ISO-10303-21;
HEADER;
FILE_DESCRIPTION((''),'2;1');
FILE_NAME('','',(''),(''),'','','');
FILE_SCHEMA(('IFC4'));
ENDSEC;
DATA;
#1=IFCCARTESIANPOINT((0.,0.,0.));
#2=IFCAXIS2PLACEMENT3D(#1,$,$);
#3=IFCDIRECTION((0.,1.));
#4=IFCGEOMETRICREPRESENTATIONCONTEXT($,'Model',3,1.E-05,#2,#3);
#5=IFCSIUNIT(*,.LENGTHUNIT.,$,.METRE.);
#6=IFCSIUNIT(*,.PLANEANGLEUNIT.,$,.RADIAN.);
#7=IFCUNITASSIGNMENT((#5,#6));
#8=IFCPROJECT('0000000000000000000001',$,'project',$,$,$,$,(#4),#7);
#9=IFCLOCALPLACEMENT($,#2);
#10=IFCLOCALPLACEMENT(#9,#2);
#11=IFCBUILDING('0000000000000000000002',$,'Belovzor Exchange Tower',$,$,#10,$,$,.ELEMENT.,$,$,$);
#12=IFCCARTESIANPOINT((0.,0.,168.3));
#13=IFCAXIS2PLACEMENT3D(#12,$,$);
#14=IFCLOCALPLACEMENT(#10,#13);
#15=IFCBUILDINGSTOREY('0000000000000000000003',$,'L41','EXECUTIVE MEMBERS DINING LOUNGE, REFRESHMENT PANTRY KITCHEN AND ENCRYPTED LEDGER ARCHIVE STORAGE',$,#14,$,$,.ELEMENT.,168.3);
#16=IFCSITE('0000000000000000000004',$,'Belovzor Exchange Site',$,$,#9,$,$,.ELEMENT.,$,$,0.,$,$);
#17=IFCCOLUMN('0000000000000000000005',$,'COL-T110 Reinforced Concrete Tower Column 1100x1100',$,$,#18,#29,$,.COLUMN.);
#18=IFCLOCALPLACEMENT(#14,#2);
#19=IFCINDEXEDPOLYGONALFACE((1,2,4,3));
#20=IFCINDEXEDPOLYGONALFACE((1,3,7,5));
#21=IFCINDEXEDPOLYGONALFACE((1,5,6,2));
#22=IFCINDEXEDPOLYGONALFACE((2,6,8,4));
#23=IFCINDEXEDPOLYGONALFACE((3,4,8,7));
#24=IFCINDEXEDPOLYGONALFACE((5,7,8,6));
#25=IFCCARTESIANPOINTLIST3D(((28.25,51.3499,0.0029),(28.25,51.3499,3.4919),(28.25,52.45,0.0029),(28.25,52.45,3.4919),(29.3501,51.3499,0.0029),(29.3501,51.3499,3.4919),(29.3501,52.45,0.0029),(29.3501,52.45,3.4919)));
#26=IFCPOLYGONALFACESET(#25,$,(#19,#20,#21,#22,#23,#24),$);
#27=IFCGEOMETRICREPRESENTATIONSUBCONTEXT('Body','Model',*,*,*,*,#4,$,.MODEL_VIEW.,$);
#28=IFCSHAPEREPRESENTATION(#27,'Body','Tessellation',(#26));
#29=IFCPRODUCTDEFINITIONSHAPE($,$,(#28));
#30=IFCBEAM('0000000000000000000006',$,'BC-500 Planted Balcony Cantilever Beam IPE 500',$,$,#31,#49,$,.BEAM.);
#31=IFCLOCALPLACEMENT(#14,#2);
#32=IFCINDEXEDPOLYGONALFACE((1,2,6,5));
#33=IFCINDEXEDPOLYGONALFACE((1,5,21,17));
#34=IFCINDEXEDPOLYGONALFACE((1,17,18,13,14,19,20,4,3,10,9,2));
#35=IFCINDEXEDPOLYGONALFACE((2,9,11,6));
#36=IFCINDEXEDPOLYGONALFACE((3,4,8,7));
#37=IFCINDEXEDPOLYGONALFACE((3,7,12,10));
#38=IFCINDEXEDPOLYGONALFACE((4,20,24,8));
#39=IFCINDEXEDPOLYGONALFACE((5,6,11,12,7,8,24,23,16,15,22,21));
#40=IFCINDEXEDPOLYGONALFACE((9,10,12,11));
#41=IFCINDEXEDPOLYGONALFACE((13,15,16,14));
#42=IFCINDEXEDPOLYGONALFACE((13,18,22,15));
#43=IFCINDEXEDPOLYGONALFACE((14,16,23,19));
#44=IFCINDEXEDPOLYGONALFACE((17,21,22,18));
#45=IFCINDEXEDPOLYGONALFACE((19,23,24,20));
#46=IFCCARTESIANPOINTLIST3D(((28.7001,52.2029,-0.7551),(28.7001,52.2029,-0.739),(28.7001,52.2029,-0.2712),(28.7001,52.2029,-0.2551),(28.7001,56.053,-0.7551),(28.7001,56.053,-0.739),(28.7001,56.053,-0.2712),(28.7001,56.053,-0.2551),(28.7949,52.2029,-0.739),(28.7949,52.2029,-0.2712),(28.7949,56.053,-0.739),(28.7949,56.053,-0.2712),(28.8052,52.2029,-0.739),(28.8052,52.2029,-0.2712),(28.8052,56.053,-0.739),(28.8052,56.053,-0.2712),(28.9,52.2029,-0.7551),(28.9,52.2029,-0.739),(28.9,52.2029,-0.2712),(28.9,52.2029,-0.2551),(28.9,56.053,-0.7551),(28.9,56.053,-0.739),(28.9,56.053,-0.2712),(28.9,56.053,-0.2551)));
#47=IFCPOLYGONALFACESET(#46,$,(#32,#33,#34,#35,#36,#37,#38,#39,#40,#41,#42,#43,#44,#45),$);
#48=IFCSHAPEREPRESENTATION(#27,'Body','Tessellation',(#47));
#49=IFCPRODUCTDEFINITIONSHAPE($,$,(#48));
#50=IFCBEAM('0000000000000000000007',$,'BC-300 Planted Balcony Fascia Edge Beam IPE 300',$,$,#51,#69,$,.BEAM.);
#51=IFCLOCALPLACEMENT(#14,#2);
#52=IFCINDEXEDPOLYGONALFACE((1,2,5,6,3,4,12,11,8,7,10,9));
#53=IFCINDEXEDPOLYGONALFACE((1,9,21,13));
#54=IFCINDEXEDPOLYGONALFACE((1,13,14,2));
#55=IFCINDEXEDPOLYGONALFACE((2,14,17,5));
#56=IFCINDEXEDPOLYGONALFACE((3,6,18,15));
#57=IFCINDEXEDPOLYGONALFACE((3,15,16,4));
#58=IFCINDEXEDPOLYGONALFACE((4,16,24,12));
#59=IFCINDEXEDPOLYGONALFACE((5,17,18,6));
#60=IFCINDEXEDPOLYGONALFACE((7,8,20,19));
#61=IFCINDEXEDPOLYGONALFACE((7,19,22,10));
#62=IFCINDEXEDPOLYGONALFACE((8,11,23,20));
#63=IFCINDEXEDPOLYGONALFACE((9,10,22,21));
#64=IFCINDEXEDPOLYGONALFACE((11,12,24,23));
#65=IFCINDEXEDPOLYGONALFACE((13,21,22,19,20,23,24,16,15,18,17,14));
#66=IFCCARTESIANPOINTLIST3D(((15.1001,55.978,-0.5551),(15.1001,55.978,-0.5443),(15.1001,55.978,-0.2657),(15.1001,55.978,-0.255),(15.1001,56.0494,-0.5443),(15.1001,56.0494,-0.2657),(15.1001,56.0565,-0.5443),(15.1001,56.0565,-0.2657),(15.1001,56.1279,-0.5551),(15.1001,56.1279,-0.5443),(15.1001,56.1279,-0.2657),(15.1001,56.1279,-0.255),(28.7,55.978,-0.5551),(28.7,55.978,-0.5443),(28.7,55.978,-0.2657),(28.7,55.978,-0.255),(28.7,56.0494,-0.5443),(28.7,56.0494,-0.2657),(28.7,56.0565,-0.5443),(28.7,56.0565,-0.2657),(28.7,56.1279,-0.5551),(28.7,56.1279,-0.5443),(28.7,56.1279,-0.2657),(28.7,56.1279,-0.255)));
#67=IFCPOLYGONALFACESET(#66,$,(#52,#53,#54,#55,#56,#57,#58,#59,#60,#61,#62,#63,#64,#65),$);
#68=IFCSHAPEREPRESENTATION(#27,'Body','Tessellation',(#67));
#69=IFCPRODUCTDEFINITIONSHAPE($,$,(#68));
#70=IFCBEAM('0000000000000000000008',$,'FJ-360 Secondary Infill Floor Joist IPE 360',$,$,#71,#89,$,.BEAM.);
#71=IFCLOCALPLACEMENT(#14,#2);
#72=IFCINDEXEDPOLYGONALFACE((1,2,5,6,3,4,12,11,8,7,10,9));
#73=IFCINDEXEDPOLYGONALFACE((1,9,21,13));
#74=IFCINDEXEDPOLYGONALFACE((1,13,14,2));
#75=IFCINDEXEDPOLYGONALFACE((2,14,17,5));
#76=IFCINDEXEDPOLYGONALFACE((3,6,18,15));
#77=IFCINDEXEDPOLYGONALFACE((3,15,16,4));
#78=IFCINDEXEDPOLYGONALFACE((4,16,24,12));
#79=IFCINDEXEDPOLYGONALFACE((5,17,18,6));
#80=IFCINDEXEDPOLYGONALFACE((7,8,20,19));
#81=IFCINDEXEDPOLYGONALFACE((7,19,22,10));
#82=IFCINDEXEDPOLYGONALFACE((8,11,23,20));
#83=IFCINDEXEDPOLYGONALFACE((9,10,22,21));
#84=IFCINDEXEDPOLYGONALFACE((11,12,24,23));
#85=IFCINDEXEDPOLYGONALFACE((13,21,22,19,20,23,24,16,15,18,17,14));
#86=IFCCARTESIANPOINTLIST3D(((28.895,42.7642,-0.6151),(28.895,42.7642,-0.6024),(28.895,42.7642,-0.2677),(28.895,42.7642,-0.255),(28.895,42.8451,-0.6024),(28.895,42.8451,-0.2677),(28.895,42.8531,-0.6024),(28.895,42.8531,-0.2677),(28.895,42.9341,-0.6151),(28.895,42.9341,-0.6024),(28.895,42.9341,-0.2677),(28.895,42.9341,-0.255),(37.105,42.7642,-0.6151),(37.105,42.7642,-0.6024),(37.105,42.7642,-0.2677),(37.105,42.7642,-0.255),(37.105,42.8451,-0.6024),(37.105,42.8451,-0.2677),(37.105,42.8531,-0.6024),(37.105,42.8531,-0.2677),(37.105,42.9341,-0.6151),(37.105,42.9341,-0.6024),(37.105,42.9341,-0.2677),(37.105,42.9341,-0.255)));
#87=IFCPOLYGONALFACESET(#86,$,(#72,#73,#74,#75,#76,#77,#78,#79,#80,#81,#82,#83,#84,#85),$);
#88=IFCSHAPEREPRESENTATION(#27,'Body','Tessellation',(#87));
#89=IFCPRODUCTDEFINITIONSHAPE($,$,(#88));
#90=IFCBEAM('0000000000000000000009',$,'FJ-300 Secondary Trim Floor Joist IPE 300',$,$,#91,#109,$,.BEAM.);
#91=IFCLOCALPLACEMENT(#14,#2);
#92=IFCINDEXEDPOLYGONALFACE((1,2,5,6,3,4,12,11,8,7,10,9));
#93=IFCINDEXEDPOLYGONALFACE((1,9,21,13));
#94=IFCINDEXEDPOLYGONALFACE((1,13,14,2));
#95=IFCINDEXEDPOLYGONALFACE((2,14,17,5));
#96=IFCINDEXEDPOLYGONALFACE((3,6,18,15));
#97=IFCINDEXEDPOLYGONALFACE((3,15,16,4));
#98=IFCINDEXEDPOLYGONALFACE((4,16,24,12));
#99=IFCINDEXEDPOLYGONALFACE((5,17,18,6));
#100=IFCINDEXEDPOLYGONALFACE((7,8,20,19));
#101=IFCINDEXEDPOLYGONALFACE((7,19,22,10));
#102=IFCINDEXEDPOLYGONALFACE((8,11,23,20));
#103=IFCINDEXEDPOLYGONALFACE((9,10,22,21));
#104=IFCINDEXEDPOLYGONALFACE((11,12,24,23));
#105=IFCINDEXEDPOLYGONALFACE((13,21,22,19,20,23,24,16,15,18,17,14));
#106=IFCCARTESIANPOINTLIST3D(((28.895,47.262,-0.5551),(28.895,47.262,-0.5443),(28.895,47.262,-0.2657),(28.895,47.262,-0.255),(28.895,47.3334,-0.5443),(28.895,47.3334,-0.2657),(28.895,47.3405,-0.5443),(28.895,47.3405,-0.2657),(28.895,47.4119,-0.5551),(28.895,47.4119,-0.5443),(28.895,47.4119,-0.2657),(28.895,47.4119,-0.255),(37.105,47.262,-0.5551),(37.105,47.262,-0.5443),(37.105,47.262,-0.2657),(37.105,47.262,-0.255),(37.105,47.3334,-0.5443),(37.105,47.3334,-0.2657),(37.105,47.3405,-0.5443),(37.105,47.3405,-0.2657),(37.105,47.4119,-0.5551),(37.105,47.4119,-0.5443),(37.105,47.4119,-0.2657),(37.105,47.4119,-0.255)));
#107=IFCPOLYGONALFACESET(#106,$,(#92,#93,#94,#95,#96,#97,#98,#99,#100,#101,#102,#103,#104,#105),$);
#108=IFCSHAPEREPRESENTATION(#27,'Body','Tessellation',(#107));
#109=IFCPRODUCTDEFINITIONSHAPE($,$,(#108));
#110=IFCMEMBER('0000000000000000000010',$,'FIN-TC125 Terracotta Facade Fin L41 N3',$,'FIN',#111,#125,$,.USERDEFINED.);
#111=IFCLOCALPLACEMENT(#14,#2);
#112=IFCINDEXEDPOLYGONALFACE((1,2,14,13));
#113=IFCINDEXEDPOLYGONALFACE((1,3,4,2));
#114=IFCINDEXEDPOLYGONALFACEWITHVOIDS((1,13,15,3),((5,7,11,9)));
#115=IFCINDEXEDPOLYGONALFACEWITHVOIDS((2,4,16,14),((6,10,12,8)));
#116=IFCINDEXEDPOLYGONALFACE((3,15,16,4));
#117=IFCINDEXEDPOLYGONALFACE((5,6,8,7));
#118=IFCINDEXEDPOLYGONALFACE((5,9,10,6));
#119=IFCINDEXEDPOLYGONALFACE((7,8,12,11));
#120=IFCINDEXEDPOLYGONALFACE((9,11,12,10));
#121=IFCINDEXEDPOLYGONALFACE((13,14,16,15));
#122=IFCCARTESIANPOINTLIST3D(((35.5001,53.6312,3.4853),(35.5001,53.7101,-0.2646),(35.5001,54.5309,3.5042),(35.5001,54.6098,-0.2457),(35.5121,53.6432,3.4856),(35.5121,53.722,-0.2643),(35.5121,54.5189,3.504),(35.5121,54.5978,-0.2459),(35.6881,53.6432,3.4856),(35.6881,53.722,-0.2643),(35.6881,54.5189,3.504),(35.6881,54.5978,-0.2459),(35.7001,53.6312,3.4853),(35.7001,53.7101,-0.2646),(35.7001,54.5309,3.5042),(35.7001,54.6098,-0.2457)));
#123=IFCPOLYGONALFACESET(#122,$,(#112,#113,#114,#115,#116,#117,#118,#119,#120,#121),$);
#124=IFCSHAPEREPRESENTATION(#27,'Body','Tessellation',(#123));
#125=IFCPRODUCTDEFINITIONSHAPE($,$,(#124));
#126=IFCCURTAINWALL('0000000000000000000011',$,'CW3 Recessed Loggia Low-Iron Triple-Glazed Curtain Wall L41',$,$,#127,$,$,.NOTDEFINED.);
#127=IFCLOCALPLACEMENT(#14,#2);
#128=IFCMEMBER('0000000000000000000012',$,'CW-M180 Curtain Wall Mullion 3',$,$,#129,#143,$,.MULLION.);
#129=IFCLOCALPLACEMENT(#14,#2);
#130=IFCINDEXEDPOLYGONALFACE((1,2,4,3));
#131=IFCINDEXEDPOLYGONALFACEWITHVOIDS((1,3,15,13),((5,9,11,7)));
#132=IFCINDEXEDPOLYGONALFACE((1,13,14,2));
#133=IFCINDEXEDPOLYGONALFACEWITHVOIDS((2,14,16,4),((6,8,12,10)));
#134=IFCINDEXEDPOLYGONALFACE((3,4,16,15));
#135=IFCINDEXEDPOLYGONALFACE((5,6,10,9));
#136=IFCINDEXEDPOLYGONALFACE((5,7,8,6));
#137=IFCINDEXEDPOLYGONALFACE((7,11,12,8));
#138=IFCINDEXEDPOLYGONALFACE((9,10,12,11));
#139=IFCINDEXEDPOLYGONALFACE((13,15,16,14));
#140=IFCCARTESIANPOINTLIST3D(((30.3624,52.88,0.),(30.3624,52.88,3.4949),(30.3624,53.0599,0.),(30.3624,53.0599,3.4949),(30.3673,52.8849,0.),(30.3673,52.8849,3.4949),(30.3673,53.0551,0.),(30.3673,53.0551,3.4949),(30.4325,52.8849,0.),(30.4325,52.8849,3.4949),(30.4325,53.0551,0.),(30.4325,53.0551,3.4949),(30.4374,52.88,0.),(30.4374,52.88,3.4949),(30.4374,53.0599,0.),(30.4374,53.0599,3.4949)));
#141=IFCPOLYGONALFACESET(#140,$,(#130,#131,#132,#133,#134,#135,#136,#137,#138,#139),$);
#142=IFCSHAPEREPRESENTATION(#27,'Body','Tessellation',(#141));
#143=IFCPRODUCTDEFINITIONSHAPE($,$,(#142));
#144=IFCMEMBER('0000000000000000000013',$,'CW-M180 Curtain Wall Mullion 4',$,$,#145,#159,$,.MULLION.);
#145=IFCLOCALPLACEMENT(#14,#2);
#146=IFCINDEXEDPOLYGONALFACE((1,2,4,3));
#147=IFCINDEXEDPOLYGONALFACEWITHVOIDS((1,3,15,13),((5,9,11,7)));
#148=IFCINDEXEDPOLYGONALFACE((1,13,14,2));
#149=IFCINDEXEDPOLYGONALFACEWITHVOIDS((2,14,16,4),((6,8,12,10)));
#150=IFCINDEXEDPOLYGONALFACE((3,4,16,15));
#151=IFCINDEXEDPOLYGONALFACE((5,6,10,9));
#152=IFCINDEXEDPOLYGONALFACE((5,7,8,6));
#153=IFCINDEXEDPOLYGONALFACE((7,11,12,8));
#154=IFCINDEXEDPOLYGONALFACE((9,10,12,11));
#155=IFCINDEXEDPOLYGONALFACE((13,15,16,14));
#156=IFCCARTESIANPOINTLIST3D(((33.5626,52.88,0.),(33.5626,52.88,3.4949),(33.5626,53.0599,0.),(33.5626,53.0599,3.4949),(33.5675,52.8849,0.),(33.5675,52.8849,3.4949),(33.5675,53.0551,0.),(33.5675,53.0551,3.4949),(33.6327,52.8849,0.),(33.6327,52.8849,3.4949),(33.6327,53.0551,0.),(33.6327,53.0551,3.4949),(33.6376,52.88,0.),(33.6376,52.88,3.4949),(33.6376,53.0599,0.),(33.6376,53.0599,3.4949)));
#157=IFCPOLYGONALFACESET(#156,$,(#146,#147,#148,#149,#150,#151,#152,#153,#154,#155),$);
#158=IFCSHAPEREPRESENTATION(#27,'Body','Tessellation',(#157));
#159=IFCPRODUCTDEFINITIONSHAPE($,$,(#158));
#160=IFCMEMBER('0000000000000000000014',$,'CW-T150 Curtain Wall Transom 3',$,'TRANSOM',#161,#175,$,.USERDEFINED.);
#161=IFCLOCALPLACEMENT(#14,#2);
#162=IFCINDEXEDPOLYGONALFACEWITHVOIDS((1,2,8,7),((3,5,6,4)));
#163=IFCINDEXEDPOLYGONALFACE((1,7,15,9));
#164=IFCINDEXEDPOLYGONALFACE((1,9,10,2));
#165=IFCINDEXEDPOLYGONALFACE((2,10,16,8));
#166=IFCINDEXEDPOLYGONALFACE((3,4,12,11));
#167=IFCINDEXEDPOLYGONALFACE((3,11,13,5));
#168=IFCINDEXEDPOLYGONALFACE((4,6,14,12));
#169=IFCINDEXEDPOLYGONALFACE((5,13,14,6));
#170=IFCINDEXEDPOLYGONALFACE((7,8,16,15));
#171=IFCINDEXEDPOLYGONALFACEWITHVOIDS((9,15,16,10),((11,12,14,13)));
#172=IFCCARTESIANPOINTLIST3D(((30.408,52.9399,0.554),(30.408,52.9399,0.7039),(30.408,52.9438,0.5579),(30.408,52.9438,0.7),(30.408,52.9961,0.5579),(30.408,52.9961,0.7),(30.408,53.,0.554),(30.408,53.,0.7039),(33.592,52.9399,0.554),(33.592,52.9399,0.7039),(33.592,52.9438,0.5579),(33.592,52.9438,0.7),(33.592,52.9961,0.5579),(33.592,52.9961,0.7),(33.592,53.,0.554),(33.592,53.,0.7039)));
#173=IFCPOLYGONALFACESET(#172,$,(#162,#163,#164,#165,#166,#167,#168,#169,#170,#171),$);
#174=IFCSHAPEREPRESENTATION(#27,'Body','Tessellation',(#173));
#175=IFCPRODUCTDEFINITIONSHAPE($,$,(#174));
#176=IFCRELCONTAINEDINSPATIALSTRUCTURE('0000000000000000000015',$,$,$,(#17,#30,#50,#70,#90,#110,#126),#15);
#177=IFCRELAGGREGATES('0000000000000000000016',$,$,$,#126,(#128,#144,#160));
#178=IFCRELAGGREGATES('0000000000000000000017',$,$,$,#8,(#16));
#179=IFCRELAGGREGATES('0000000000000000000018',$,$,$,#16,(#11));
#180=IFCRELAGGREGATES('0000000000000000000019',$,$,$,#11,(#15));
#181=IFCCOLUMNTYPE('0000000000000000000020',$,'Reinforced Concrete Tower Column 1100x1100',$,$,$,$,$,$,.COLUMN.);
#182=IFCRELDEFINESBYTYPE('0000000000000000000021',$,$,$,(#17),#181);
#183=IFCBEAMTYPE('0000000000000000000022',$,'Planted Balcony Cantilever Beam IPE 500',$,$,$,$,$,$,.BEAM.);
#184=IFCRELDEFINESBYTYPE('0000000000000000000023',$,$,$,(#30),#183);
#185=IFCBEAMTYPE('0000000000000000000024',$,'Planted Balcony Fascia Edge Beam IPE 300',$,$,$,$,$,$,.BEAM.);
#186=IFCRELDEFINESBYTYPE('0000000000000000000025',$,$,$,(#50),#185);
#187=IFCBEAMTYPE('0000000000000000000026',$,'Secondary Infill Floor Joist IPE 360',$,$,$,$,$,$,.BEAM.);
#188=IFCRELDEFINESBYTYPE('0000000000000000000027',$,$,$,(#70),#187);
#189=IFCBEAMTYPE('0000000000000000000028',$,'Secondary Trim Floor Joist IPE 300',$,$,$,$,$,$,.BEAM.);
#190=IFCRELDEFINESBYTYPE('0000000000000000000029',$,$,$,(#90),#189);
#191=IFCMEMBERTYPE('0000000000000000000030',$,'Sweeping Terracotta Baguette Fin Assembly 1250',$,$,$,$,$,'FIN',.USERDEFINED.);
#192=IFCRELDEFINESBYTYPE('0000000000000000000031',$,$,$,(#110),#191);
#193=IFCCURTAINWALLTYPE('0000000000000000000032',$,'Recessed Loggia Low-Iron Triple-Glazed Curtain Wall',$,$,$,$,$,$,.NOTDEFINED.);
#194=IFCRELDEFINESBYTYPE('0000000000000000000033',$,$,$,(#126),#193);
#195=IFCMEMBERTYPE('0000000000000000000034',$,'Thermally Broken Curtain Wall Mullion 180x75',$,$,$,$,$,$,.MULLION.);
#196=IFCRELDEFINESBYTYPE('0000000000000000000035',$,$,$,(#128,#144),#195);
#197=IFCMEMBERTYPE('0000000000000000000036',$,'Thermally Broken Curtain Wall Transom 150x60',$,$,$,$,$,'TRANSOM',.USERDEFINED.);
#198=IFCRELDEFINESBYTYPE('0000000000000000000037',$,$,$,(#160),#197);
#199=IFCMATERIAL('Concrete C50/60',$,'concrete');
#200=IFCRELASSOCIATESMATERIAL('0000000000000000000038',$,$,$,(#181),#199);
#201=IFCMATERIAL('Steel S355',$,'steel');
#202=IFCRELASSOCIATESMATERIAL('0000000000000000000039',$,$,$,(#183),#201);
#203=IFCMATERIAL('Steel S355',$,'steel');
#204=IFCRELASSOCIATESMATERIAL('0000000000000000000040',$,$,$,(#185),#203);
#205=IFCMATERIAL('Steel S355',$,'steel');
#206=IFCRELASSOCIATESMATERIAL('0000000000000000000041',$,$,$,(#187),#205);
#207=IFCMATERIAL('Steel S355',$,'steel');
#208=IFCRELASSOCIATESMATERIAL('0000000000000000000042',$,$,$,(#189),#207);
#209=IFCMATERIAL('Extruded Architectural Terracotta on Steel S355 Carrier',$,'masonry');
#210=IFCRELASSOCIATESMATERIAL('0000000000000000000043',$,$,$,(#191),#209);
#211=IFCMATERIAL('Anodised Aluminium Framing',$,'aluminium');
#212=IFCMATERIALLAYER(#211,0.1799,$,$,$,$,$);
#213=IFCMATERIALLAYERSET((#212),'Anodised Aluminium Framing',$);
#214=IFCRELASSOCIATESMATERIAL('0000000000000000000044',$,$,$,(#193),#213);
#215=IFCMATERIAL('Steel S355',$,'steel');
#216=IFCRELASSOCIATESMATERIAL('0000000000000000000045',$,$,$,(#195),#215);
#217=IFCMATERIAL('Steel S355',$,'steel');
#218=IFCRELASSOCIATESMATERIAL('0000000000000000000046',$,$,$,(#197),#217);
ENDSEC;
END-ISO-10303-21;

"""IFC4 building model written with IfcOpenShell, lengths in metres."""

from ifc_helpers import new_model, si_unit, direction, frame, origin, origin_2d, place, context, subcontext, project, spatial, rectangle, hollow_rectangle, i_section, extrude, material, layer, layer_set, material_profile, profile_set, type_object, element, aggregate, save


model = new_model("IFC4")

# Units and contexts
model_context = context("Model", 3, precision=1e-05, world=origin(), true_north=direction((0.0, 1.0)))
body_context = subcontext(model_context, "Body", "Model", "MODEL_VIEW")
ifc_project = project(units=[si_unit("LENGTHUNIT", "METRE"), si_unit("PLANEANGLEUNIT", "RADIAN")], contexts=[model_context])

# Site, building, storey
site_placement = place(None, origin())
site = spatial("IfcSite", under=ifc_project, at=site_placement, Name="Belovzor Exchange Site", CompositionType="ELEMENT", RefElevation=0.0)
building_placement = place(site_placement, origin())
building = spatial("IfcBuilding", under=site, at=building_placement, Name="Belovzor Exchange Tower", CompositionType="ELEMENT")
storey_placement = place(building_placement, frame((0.0, 0.0, 168.3)))
storey = spatial("IfcBuildingStorey", under=building, at=storey_placement, Name="L41", Description="EXECUTIVE MEMBERS DINING LOUNGE, REFRESHMENT PANTRY KITCHEN AND ENCRYPTED LEDGER ARCHIVE STORAGE", CompositionType="ELEMENT", Elevation=168.3)

# Column
ifc_material_1 = material(Name="Concrete C50/60", Category="concrete")
ifc_material_profile_1 = material_profile(ifc_material_1, rectangle(XDim=1.1001, YDim=1.1001, at=origin_2d()))
ifc_profile_set_1 = profile_set([ifc_material_profile_1], Name="Concrete C50/60")
column_type = type_object("IfcColumnType", Name="Reinforced Concrete Tower Column 1100x1100", PredefinedType="COLUMN", material=ifc_profile_set_1)
column_placement = place(storey_placement, frame((28.8, 51.8999, 0.0029), z_axis=(0.0, 0.0, 1.0), x_axis=(1.0, 0.0, 0.0)))
element("IfcColumn", 1, at=column_placement, inside=storey, type_object=column_type, Name="COL-T110 Reinforced Concrete Tower Column 1100x1100", PredefinedType="COLUMN", context=body_context, shape_type="SweptSolid", body=[
    extrude(rectangle(XDim=1.1001, YDim=1.1001, at=origin_2d()), origin(), (0.0, 0.0, 1.0), 3.489),
])

# Beams
ifc_material_2 = material(Name="Steel S355", Category="steel")
ifc_material_profile_2 = material_profile(ifc_material_2, i_section(OverallWidth=0.2, OverallDepth=0.5, WebThickness=0.0103, FlangeThickness=0.0161, at=origin_2d()))
ifc_profile_set_2 = profile_set([ifc_material_profile_2], Name="Steel S355")
beam_type_1 = type_object("IfcBeamType", Name="Planted Balcony Cantilever Beam IPE 500", PredefinedType="BEAM", material=ifc_profile_set_2)
beam_1_placement = place(storey_placement, frame((28.8, 52.2029, -0.5051), z_axis=(0.0, 1.0, 0.0), x_axis=(-1.0, 0.0, 0.0)))
element("IfcBeam", 2, at=beam_1_placement, inside=storey, type_object=beam_type_1, Name="BC-500 Planted Balcony Cantilever Beam IPE 500", PredefinedType="BEAM", context=body_context, shape_type="SweptSolid", body=[
    extrude(i_section(OverallWidth=0.2, OverallDepth=0.5, WebThickness=0.0103, FlangeThickness=0.0161, at=origin_2d()), origin(), (0.0, 0.0, 1.0), 3.8501),
])
ifc_material_3 = material(Name="Steel S355", Category="steel")
ifc_material_profile_3 = material_profile(ifc_material_3, i_section(OverallWidth=0.1499, OverallDepth=0.3, WebThickness=0.0071, FlangeThickness=0.0107, at=origin_2d()))
ifc_profile_set_3 = profile_set([ifc_material_profile_3], Name="Steel S355")
beam_type_2 = type_object("IfcBeamType", Name="Planted Balcony Fascia Edge Beam IPE 300", PredefinedType="BEAM", material=ifc_profile_set_3)
beam_2_placement = place(storey_placement, frame((28.7, 56.053, -0.405), z_axis=(-1.0, 0.0, 0.0), x_axis=(0.0, -1.0, 0.0)))
element("IfcBeam", 3, at=beam_2_placement, inside=storey, type_object=beam_type_2, Name="BC-300 Planted Balcony Fascia Edge Beam IPE 300", PredefinedType="BEAM", context=body_context, shape_type="SweptSolid", body=[
    extrude(i_section(OverallWidth=0.1499, OverallDepth=0.3, WebThickness=0.0071, FlangeThickness=0.0107, at=origin_2d()), origin(), (0.0, 0.0, 1.0), 13.5999),
])
ifc_material_4 = material(Name="Steel S355", Category="steel")
ifc_material_profile_4 = material_profile(ifc_material_4, i_section(OverallWidth=0.1699, OverallDepth=0.3601, WebThickness=0.0081, FlangeThickness=0.0127, at=origin_2d()))
ifc_profile_set_4 = profile_set([ifc_material_profile_4], Name="Steel S355")
beam_type_3 = type_object("IfcBeamType", Name="Secondary Infill Floor Joist IPE 360", PredefinedType="BEAM", material=ifc_profile_set_4)
beam_3_placement = place(storey_placement, frame((28.895, 42.8491, -0.4351), z_axis=(1.0, 0.0, 0.0), x_axis=(0.0, 1.0, 0.0)))
element("IfcBeam", 4, at=beam_3_placement, inside=storey, type_object=beam_type_3, Name="FJ-360 Secondary Infill Floor Joist IPE 360", PredefinedType="BEAM", context=body_context, shape_type="SweptSolid", body=[
    extrude(i_section(OverallWidth=0.1699, OverallDepth=0.3601, WebThickness=0.0081, FlangeThickness=0.0127, at=origin_2d()), origin(), (0.0, 0.0, 1.0), 8.21),
])
ifc_material_5 = material(Name="Steel S355", Category="steel")
ifc_material_profile_5 = material_profile(ifc_material_5, i_section(OverallWidth=0.1499, OverallDepth=0.3, WebThickness=0.0071, FlangeThickness=0.0107, at=origin_2d()))
ifc_profile_set_5 = profile_set([ifc_material_profile_5], Name="Steel S355")
beam_type_4 = type_object("IfcBeamType", Name="Secondary Trim Floor Joist IPE 300", PredefinedType="BEAM", material=ifc_profile_set_5)
beam_4_placement = place(storey_placement, frame((28.895, 47.3369, -0.405), z_axis=(1.0, 0.0, 0.0), x_axis=(0.0, 1.0, 0.0)))
element("IfcBeam", 5, at=beam_4_placement, inside=storey, type_object=beam_type_4, Name="FJ-300 Secondary Trim Floor Joist IPE 300", PredefinedType="BEAM", context=body_context, shape_type="SweptSolid", body=[
    extrude(i_section(OverallWidth=0.1499, OverallDepth=0.3, WebThickness=0.0071, FlangeThickness=0.0107, at=origin_2d()), origin(), (0.0, 0.0, 1.0), 8.21),
])

# Member
ifc_material_6 = material(Name="Extruded Architectural Terracotta on Steel S355 Carrier", Category="masonry")
ifc_material_profile_6 = material_profile(ifc_material_6, hollow_rectangle(XDim=0.2, YDim=0.8999, WallThickness=0.012, at=origin_2d()))
ifc_profile_set_6 = profile_set([ifc_material_profile_6], Name="Extruded Architectural Terracotta on Steel S355 Carrier")
member_type_1 = type_object("IfcMemberType", Name="Sweeping Terracotta Baguette Fin Assembly 1250", ElementType="FIN", PredefinedType="USERDEFINED", material=ifc_profile_set_6)
member_1_placement = place(storey_placement, frame((35.6001, 54.1599, -0.2551), z_axis=(0.0, -0.021024, 0.999779), x_axis=(1.0, 0.0, 0.0)))
element("IfcMember", 6, at=member_1_placement, inside=storey, type_object=member_type_1, Name="FIN-TC125 Terracotta Facade Fin L41 N3", ObjectType="FIN", PredefinedType="USERDEFINED", context=body_context, shape_type="SweptSolid", body=[
    extrude(hollow_rectangle(XDim=0.2, YDim=0.8999, WallThickness=0.012, at=origin_2d()), origin(), (0.0, 0.0, 1.0), 3.7507),
])

# Curtain wall, members
ifc_material_7 = material(Name="Anodised Aluminium Framing", Category="aluminium")
ifc_layer_1 = layer(ifc_material_7, 0.1799)
ifc_layer_set_1 = layer_set([ifc_layer_1], Name="Anodised Aluminium Framing")
curtain_wall_type = type_object("IfcCurtainWallType", Name="Recessed Loggia Low-Iron Triple-Glazed Curtain Wall", PredefinedType="NOTDEFINED", material=ifc_layer_set_1)
curtain_wall_placement = place(storey_placement, origin())
curtain_wall = element("IfcCurtainWall", 7, at=curtain_wall_placement, inside=storey, type_object=curtain_wall_type, Name="CW3 Recessed Loggia Low-Iron Triple-Glazed Curtain Wall L41", PredefinedType="NOTDEFINED")
ifc_material_8 = material(Name="Steel S355", Category="steel")
ifc_material_profile_7 = material_profile(ifc_material_8, hollow_rectangle(XDim=0.075, YDim=0.1799, WallThickness=0.0049, at=origin_2d()))
ifc_profile_set_7 = profile_set([ifc_material_profile_7], Name="Steel S355")
member_type_2 = type_object("IfcMemberType", Name="Thermally Broken Curtain Wall Mullion 180x75", PredefinedType="MULLION", material=ifc_profile_set_7)
member_2_placement = place(storey_placement, frame((30.3999, 52.97, 0.0), z_axis=(0.0, 0.0, 1.0), x_axis=(1.0, 0.0, 0.0)))
member_2 = element("IfcMember", 8, at=member_2_placement, type_object=member_type_2, Name="CW-M180 Curtain Wall Mullion 3", PredefinedType="MULLION", context=body_context, shape_type="SweptSolid", body=[
    extrude(hollow_rectangle(XDim=0.075, YDim=0.1799, WallThickness=0.0049, at=origin_2d()), origin(), (0.0, 0.0, 1.0), 3.4949),
])
member_3_placement = place(storey_placement, frame((33.6001, 52.97, 0.0), z_axis=(0.0, 0.0, 1.0), x_axis=(1.0, 0.0, 0.0)))
member_3 = element("IfcMember", 9, at=member_3_placement, type_object=member_type_2, Name="CW-M180 Curtain Wall Mullion 4", PredefinedType="MULLION", context=body_context, shape_type="SweptSolid", body=[
    extrude(hollow_rectangle(XDim=0.075, YDim=0.1799, WallThickness=0.0049, at=origin_2d()), origin(), (0.0, 0.0, 1.0), 3.4949),
])
ifc_material_9 = material(Name="Steel S355", Category="steel")
ifc_material_profile_8 = material_profile(ifc_material_9, hollow_rectangle(XDim=0.0601, YDim=0.1499, WallThickness=0.0039, at=origin_2d()))
ifc_profile_set_8 = profile_set([ifc_material_profile_8], Name="Steel S355")
member_type_3 = type_object("IfcMemberType", Name="Thermally Broken Curtain Wall Transom 150x60", ElementType="TRANSOM", PredefinedType="USERDEFINED", material=ifc_profile_set_8)
member_4_placement = place(storey_placement, frame((30.408, 52.97, 0.6289), z_axis=(1.0, 0.0, 0.0), x_axis=(0.0, 1.0, 0.0)))
member_4 = element("IfcMember", 10, at=member_4_placement, type_object=member_type_3, Name="CW-T150 Curtain Wall Transom 3", ObjectType="TRANSOM", PredefinedType="USERDEFINED", context=body_context, shape_type="SweptSolid", body=[
    extrude(hollow_rectangle(XDim=0.0601, YDim=0.1499, WallThickness=0.0039, at=origin_2d()), origin(), (0.0, 0.0, 1.0), 3.1841),
])

aggregate(curtain_wall, [member_2, member_3, member_4])

save(model, "model.ifc")
